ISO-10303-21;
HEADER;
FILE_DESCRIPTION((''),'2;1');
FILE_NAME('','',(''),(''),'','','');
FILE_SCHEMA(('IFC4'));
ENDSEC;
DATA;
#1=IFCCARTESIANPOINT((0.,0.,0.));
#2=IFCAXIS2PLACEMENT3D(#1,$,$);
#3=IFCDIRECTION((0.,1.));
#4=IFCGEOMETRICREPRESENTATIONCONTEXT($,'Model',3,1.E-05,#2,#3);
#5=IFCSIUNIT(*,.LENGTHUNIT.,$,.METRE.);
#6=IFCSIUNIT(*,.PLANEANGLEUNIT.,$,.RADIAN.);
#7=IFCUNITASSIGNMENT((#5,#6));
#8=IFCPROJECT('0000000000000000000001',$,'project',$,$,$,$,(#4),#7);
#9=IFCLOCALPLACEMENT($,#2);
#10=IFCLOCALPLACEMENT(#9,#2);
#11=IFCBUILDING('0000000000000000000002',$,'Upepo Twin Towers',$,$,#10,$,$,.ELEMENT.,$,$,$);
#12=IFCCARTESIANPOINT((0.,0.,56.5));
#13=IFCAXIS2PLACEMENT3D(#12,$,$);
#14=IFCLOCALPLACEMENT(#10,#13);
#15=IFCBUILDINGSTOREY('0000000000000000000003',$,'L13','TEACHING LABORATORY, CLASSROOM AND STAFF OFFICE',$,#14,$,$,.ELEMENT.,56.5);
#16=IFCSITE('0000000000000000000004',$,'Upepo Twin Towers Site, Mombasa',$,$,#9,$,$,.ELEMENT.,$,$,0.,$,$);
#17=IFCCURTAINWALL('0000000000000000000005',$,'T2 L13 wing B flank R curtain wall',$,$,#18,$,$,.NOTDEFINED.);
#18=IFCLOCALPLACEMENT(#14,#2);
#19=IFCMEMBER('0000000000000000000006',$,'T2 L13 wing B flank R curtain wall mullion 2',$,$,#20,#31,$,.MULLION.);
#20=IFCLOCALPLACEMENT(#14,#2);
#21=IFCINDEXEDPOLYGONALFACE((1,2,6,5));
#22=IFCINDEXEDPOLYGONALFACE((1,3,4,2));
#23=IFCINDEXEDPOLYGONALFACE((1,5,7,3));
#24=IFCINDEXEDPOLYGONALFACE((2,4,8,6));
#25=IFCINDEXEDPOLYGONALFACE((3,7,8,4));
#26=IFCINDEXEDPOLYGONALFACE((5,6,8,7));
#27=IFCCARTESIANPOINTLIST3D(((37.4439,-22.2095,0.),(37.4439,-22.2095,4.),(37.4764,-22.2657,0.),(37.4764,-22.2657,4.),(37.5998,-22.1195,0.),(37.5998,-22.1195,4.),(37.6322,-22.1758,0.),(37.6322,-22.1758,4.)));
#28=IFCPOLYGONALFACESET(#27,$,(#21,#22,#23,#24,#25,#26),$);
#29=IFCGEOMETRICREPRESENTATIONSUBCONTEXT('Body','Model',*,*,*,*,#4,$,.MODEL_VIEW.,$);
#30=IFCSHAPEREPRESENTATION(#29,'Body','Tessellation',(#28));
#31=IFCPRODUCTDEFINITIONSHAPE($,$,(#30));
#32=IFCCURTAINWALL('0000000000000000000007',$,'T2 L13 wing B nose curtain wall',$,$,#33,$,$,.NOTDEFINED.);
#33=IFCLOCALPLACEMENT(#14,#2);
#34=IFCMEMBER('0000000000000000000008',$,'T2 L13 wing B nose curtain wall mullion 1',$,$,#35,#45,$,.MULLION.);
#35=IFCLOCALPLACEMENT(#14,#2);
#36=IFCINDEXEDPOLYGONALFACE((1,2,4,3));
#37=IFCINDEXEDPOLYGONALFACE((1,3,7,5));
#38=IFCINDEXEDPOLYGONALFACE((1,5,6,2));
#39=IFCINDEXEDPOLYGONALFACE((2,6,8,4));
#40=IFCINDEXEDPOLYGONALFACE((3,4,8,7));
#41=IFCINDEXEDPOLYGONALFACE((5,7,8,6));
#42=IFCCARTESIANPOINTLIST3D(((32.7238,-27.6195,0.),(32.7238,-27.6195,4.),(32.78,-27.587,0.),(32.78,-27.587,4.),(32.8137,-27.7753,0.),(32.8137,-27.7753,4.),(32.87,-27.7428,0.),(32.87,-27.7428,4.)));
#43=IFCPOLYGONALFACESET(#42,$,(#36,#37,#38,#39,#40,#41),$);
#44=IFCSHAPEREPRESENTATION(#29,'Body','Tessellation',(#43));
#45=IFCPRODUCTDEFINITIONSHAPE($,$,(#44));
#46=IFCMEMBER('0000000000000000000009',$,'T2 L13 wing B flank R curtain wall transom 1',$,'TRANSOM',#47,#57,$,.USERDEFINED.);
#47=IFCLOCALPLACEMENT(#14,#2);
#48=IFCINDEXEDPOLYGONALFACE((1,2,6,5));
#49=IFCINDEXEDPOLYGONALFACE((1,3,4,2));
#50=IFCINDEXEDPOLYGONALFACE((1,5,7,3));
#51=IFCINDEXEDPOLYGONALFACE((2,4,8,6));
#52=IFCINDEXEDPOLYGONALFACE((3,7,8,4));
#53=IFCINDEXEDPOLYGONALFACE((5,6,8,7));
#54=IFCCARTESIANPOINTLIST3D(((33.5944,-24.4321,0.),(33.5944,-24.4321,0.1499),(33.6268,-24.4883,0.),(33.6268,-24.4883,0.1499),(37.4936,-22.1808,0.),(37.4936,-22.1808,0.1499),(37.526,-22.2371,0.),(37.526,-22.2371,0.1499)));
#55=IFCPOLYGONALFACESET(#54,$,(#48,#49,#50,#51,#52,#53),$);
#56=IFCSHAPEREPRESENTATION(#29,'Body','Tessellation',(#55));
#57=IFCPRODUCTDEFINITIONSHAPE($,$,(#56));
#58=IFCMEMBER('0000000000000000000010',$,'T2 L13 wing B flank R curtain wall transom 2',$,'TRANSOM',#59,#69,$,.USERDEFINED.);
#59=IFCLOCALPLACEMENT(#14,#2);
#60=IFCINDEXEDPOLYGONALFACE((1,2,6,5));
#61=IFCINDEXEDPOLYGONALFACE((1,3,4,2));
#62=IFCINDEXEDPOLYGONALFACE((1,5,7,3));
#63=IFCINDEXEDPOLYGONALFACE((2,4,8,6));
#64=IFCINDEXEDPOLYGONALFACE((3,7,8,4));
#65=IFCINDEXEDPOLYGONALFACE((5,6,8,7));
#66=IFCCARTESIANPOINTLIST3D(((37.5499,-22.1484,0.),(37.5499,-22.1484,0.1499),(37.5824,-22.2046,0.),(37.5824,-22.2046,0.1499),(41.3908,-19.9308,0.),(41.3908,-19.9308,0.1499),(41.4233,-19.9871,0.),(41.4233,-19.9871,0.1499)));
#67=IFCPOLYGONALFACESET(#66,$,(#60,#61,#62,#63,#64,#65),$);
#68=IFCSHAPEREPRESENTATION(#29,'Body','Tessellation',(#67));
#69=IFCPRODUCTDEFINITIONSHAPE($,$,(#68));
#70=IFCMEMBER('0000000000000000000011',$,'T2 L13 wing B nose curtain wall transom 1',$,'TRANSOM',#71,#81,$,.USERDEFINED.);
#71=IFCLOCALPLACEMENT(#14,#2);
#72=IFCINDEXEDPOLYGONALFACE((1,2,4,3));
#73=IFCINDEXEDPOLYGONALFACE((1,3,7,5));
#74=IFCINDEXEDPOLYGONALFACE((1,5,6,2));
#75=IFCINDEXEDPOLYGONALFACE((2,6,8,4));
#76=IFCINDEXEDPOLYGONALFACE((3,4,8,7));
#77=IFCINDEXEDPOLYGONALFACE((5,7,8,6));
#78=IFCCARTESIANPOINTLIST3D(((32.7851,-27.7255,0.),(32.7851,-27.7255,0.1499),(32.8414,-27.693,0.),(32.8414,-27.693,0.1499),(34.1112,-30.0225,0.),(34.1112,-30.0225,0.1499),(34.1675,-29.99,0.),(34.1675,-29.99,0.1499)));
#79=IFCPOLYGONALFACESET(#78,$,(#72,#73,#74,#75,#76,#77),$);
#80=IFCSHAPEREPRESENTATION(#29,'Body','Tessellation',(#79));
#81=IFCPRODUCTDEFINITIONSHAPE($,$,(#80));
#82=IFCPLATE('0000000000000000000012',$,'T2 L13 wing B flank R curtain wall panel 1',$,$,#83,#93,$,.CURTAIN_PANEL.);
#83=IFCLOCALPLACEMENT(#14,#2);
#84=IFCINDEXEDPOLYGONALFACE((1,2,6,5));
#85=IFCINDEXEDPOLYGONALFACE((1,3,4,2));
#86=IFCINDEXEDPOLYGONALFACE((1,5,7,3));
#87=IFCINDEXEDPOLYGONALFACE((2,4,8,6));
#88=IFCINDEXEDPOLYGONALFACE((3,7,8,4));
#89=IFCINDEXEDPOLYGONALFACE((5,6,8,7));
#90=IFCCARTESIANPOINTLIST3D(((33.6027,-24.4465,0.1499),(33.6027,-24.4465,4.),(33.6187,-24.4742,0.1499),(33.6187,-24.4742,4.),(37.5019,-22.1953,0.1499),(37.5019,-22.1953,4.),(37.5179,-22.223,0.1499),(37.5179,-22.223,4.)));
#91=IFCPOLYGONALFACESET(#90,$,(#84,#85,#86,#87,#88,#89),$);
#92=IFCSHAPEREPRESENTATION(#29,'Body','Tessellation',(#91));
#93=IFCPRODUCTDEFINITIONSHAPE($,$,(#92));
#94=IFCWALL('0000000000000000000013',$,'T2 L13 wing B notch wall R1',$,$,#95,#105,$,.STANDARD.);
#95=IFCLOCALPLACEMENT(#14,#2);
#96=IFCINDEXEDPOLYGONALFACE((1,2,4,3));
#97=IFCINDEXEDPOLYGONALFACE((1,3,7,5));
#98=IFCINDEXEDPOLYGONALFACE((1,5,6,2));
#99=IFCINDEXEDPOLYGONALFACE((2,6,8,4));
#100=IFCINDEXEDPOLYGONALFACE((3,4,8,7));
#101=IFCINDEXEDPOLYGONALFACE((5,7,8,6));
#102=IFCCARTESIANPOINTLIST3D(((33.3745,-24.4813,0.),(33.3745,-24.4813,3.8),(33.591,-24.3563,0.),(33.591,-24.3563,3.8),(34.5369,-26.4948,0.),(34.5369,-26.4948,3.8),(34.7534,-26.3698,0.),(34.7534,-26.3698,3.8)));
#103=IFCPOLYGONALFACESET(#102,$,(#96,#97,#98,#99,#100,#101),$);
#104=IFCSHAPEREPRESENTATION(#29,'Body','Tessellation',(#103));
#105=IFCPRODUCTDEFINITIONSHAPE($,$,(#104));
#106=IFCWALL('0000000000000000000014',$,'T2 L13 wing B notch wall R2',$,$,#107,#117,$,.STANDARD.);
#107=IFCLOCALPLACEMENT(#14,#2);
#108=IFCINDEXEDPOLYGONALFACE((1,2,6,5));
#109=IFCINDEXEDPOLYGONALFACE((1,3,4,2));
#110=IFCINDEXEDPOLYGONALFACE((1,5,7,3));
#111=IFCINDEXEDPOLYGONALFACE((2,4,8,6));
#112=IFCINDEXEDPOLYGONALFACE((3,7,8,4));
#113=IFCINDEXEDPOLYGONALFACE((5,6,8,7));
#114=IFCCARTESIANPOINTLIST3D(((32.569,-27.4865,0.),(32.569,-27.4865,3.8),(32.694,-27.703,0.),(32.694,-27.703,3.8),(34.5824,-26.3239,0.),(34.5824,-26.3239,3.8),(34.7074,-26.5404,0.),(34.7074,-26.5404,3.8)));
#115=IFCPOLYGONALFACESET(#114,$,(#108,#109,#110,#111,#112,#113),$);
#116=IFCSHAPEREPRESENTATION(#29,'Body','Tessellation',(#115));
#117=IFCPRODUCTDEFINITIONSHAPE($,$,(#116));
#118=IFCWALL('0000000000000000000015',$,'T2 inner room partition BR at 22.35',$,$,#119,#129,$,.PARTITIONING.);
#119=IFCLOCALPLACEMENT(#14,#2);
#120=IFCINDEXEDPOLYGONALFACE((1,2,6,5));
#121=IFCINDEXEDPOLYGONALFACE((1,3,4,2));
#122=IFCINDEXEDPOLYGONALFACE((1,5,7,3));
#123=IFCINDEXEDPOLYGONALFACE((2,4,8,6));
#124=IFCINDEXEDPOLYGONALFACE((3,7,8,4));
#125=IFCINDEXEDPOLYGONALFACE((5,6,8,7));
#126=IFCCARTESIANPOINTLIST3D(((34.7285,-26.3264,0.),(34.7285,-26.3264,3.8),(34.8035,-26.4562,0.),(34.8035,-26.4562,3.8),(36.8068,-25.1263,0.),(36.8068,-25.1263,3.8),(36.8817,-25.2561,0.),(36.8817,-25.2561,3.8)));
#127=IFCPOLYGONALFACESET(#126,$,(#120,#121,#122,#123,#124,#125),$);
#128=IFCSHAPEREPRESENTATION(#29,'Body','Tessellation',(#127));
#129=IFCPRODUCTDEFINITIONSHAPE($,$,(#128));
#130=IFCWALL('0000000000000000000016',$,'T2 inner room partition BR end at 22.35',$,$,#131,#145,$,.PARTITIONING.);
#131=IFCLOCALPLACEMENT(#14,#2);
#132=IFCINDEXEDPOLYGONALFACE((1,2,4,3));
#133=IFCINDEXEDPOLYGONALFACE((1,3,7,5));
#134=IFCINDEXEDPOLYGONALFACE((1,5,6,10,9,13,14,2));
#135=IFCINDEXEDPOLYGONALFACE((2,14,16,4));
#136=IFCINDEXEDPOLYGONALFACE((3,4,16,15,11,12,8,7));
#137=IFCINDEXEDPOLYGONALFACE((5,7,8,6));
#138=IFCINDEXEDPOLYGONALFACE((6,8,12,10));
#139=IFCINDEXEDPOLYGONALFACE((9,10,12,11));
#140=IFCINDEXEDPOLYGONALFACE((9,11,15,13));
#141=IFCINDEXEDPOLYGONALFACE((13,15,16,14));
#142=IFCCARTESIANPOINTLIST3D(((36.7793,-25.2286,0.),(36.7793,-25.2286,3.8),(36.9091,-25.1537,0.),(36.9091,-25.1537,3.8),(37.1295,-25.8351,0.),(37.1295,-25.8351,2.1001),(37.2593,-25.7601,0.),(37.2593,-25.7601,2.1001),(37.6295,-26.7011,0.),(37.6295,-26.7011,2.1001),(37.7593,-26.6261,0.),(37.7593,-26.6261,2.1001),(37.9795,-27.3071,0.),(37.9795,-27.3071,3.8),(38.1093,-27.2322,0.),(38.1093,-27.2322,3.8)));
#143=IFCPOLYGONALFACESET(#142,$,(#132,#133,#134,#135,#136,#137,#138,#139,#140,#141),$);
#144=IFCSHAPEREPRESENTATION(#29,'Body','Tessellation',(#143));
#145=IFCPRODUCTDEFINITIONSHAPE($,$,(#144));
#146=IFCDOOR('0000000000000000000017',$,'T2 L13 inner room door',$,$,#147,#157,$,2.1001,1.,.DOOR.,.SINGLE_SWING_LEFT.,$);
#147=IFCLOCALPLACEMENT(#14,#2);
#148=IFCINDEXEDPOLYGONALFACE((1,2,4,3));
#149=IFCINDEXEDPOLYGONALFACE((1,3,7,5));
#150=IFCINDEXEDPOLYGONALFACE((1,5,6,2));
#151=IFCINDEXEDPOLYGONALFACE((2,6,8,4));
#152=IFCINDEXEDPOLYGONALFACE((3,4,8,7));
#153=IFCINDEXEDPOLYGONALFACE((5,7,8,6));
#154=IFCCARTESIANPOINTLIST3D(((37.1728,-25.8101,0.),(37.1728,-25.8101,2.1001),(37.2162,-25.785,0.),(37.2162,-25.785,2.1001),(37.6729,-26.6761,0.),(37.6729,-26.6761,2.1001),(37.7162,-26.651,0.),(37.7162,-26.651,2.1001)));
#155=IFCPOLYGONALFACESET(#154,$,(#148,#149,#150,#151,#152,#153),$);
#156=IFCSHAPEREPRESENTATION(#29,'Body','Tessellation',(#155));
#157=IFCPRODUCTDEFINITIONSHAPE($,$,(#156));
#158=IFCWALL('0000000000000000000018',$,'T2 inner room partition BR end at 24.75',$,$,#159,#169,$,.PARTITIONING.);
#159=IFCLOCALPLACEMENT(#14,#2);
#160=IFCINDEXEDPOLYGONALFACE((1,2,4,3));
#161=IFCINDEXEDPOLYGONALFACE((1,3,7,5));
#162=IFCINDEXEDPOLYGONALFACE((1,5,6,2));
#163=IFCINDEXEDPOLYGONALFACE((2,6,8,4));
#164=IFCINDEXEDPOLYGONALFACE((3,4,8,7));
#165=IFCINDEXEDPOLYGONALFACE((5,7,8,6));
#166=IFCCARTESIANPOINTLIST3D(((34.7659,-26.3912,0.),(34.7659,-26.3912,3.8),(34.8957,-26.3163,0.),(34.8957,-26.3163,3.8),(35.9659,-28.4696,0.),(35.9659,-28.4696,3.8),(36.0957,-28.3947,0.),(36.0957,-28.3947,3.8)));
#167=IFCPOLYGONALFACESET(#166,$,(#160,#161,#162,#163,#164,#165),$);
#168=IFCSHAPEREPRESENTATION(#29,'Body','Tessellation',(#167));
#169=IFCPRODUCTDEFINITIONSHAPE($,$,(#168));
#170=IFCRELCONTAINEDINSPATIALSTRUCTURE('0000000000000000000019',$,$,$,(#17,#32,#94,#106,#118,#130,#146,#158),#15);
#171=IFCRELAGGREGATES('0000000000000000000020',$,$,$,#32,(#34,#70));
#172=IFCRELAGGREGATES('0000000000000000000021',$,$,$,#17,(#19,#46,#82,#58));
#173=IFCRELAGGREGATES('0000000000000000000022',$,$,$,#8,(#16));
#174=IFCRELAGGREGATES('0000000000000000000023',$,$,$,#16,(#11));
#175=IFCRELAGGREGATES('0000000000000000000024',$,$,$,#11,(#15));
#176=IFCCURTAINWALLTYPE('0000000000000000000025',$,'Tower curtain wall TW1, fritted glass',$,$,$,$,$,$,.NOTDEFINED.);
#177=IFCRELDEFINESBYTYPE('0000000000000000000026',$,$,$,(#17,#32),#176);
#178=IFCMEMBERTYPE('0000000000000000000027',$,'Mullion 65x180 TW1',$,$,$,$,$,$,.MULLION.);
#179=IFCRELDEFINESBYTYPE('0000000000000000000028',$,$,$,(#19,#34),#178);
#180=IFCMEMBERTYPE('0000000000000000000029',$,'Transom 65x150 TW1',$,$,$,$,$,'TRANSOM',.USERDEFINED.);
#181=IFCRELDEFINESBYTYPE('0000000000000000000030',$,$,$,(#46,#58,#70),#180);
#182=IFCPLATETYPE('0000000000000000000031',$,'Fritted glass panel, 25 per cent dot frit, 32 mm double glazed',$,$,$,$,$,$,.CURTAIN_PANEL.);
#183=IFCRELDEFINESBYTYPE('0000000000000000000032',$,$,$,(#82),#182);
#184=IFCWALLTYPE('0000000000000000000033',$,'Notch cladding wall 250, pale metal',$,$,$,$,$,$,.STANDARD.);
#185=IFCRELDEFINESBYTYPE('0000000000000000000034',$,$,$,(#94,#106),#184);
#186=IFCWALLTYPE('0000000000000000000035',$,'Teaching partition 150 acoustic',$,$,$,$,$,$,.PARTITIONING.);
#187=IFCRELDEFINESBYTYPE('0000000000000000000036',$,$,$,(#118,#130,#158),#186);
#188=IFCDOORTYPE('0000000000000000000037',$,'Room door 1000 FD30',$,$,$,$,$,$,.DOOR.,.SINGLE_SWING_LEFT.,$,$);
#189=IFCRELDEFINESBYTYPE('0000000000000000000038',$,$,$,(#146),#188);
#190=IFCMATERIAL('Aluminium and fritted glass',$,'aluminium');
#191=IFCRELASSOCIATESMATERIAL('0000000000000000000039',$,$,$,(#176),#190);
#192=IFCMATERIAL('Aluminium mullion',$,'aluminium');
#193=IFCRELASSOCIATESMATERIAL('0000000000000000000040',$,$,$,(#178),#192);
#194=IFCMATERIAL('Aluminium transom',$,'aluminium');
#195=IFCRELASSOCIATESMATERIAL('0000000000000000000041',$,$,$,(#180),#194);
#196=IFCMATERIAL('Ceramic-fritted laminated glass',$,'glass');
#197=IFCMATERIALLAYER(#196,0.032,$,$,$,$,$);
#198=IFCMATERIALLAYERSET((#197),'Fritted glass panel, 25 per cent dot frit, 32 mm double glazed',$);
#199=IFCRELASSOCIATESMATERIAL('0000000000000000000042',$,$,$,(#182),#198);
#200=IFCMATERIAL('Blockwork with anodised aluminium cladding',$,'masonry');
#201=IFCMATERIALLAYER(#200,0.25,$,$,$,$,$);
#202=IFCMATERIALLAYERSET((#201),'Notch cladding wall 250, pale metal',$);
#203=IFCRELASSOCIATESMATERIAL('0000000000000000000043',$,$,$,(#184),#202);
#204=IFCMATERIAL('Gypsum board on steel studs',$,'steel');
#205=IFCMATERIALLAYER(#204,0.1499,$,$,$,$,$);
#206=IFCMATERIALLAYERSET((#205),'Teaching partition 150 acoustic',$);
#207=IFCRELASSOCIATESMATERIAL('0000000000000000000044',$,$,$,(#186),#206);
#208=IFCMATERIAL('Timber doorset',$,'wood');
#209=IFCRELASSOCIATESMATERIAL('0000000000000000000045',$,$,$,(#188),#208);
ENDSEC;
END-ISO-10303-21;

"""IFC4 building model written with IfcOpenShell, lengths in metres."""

from ifc_helpers import new_model, si_unit, direction, frame, frame_2d, origin, origin_2d, place, context, subcontext, project, spatial, rectangle, extrude, material, layer, layer_set, material_profile, profile_set, type_object, element, fill, aggregate, save


model = new_model("IFC4")

# Units and contexts
model_context = context("Model", 3, precision=1e-05, world=origin(), true_north=direction((0.0, 1.0)))
body_context = subcontext(model_context, "Body", "Model", "MODEL_VIEW")
ifc_project = project(units=[si_unit("LENGTHUNIT", "METRE"), si_unit("PLANEANGLEUNIT", "RADIAN")], contexts=[model_context])

# Site, building, storey
site_placement = place(None, origin())
site = spatial("IfcSite", under=ifc_project, at=site_placement, Name="Upepo Twin Towers Site, Mombasa", CompositionType="ELEMENT", RefElevation=0.0)
building_placement = place(site_placement, origin())
building = spatial("IfcBuilding", under=site, at=building_placement, Name="Upepo Twin Towers", CompositionType="ELEMENT")
storey_placement = place(building_placement, frame((0.0, 0.0, 56.5)))
storey = spatial("IfcBuildingStorey", under=building, at=storey_placement, Name="L13", Description="TEACHING LABORATORY, CLASSROOM AND STAFF OFFICE", CompositionType="ELEMENT", Elevation=56.5)

# Curtain wall, member
ifc_material_1 = material(Name="Aluminium and fritted glass", Category="aluminium")
curtain_wall_type = type_object("IfcCurtainWallType", Name="Tower curtain wall TW1, fritted glass", PredefinedType="NOTDEFINED", material=ifc_material_1)
curtain_wall_1_placement = place(storey_placement, origin())
curtain_wall_1 = element("IfcCurtainWall", 1, at=curtain_wall_1_placement, inside=storey, type_object=curtain_wall_type, Name="T2 L13 wing B flank R curtain wall", PredefinedType="NOTDEFINED")
ifc_material_2 = material(Name="Aluminium mullion", Category="aluminium")
ifc_material_profile_1 = material_profile(ifc_material_2, rectangle(XDim=0.0649, YDim=0.1799, at=origin_2d()), Name="MULLION 65x180")
ifc_profile_set_1 = profile_set([ifc_material_profile_1], Name="Aluminium mullion")
member_type_1 = type_object("IfcMemberType", Name="Mullion 65x180 TW1", PredefinedType="MULLION", material=ifc_profile_set_1)
member_1_placement = place(storey_placement, frame((37.5381, -22.1926, 0.0), z_axis=(0.0, 0.0, 1.0), x_axis=(-0.5, 0.866025, 0.0)))
member_1 = element("IfcMember", 2, at=member_1_placement, type_object=member_type_1, Name="T2 L13 wing B flank R curtain wall mullion 2", PredefinedType="MULLION", context=body_context, shape_type="SweptSolid", body=[
    extrude(rectangle(XDim=0.0649, YDim=0.1799, at=origin_2d()), origin(), (0.0, 0.0, 1.0), 4.0),
])

# Curtain wall, member
curtain_wall_2_placement = place(storey_placement, origin())
curtain_wall_2 = element("IfcCurtainWall", 3, at=curtain_wall_2_placement, inside=storey, type_object=curtain_wall_type, Name="T2 L13 wing B nose curtain wall", PredefinedType="NOTDEFINED")
member_2_placement = place(storey_placement, frame((32.7969, -27.6812, 0.0), z_axis=(0.0, 0.0, 1.0), x_axis=(0.866025, 0.5, 0.0)))
member_2 = element("IfcMember", 4, at=member_2_placement, type_object=member_type_1, Name="T2 L13 wing B nose curtain wall mullion 1", PredefinedType="MULLION", context=body_context, shape_type="SweptSolid", body=[
    extrude(rectangle(XDim=0.0649, YDim=0.1799, at=origin_2d()), origin(), (0.0, 0.0, 1.0), 4.0),
])

# Members
ifc_material_3 = material(Name="Aluminium transom", Category="aluminium")
ifc_material_profile_2 = material_profile(ifc_material_3, rectangle(XDim=0.0649, YDim=0.1499, at=origin_2d()), Name="TRANSOM 65x150")
ifc_profile_set_2 = profile_set([ifc_material_profile_2], Name="Aluminium transom")
member_type_2 = type_object("IfcMemberType", Name="Transom 65x150 TW1", ElementType="TRANSOM", PredefinedType="USERDEFINED", material=ifc_profile_set_2)
member_3_placement = place(storey_placement, frame((33.6106, -24.4602, 0.075), z_axis=(0.866022, 0.500006, 0.0), x_axis=(-0.500006, 0.866022, 0.0)))
member_3 = element("IfcMember", 5, at=member_3_placement, type_object=member_type_2, Name="T2 L13 wing B flank R curtain wall transom 1", ObjectType="TRANSOM", PredefinedType="USERDEFINED", context=body_context, shape_type="SweptSolid", body=[
    extrude(rectangle(XDim=0.0649, YDim=0.1499, at=origin_2d()), origin(), (0.0, 0.0, 1.0), 4.5024),
])
member_4_placement = place(storey_placement, frame((37.5662, -22.1765, 0.075), z_axis=(0.866022, 0.500005, 0.0), x_axis=(-0.500005, 0.866022, 0.0)))
member_4 = element("IfcMember", 6, at=member_4_placement, type_object=member_type_2, Name="T2 L13 wing B flank R curtain wall transom 2", ObjectType="TRANSOM", PredefinedType="USERDEFINED", context=body_context, shape_type="SweptSolid", body=[
    extrude(rectangle(XDim=0.0649, YDim=0.1499, at=origin_2d()), origin(), (0.0, 0.0, 1.0), 4.4351),
])
member_5_placement = place(storey_placement, frame((32.8132, -27.7092, 0.075), z_axis=(0.49998, -0.866037, 0.0), x_axis=(0.866037, 0.49998, 0.0)))
member_5 = element("IfcMember", 7, at=member_5_placement, type_object=member_type_2, Name="T2 L13 wing B nose curtain wall transom 1", ObjectType="TRANSOM", PredefinedType="USERDEFINED", context=body_context, shape_type="SweptSolid", body=[
    extrude(rectangle(XDim=0.0649, YDim=0.1499, at=origin_2d()), origin(), (0.0, 0.0, 1.0), 2.6523),
])
aggregate(curtain_wall_2, [member_2, member_5])

# Plate
ifc_material_4 = material(Name="Ceramic-fritted laminated glass", Category="glass")
ifc_layer_1 = layer(ifc_material_4, 0.032)
ifc_layer_set_1 = layer_set([ifc_layer_1], Name="Fritted glass panel, 25 per cent dot frit, 32 mm double glazed")
plate_type = type_object("IfcPlateType", Name="Fritted glass panel, 25 per cent dot frit, 32 mm double glazed", PredefinedType="CURTAIN_PANEL", material=ifc_layer_set_1)
plate_placement = place(storey_placement, frame((35.5603, -23.3347, 0.1499), z_axis=(0.0, 0.0, 1.0), x_axis=(0.866025, 0.5, 0.0)))
plate = element("IfcPlate", 8, at=plate_placement, type_object=plate_type, Name="T2 L13 wing B flank R curtain wall panel 1", PredefinedType="CURTAIN_PANEL", context=body_context, shape_type="SweptSolid", body=[
    extrude(rectangle(XDim=4.5024, YDim=0.032, at=origin_2d()), origin(), (0.0, 0.0, 1.0), 3.8501),
])
aggregate(curtain_wall_1, [member_1, member_3, plate, member_4])

# Walls
ifc_material_5 = material(Name="Blockwork with anodised aluminium cladding", Category="masonry")
ifc_layer_2 = layer(ifc_material_5, 0.25)
ifc_layer_set_2 = layer_set([ifc_layer_2], Name="Notch cladding wall 250, pale metal")
wall_type_1 = type_object("IfcWallType", Name="Notch cladding wall 250, pale metal", PredefinedType="STANDARD", material=ifc_layer_set_2)
for number, where, z_axis, x_axis, name in (
    (9, (33.4827, -24.4187, 0.0), (0.0, 0.0, 1.0), (0.499968, -0.866044, 0.0), "T2 L13 wing B notch wall R1"),
    (10, (34.645, -26.4321, 0.0), (0.0, 0.0, 1.0), (-0.865998, -0.500047, 0.0), "T2 L13 wing B notch wall R2"),
):
    element("IfcWall", number, at=place(storey_placement, frame(where, z_axis=z_axis, x_axis=x_axis)), inside=storey, type_object=wall_type_1, Name=name, PredefinedType="STANDARD", context=body_context, shape_type="SweptSolid", body=[
        extrude(rectangle(XDim=2.325, YDim=0.25, at=frame_2d((1.1626, 0.0))), origin(), (0.0, 0.0, 1.0), 3.8),
    ])
ifc_material_6 = material(Name="Gypsum board on steel studs", Category="steel")
ifc_layer_3 = layer(ifc_material_6, 0.1499)
ifc_layer_set_3 = layer_set([ifc_layer_3], Name="Teaching partition 150 acoustic")
wall_type_2 = type_object("IfcWallType", Name="Teaching partition 150 acoustic", PredefinedType="PARTITIONING", material=ifc_layer_set_3)
wall_1_placement = place(storey_placement, frame((36.8442, -25.1912, 0.0), z_axis=(0.0, 0.0, 1.0), x_axis=(-0.865981, -0.500078, 0.0)))
element("IfcWall", 11, at=wall_1_placement, inside=storey, type_object=wall_type_2, Name="T2 inner room partition BR at 22.35", PredefinedType="PARTITIONING", context=body_context, shape_type="SweptSolid", body=[
    extrude(rectangle(XDim=2.3999, YDim=0.1499, at=frame_2d((1.2, 0.0))), origin(), (0.0, 0.0, 1.0), 3.8),
])

# Wall, opening, door
wall_2_placement = place(storey_placement, frame((38.0444, -27.2698, 0.0), z_axis=(0.0, 0.0, 1.0), x_axis=(-0.500034, 0.866006, 0.0)))
wall_2 = element("IfcWall", 12, at=wall_2_placement, inside=storey, type_object=wall_type_2, Name="T2 inner room partition BR end at 22.35", PredefinedType="PARTITIONING", context=body_context, shape_type="SweptSolid", body=[
    extrude(rectangle(XDim=2.4001, YDim=0.1499, at=frame_2d((1.2002, 0.0))), origin(), (0.0, 0.0, 1.0), 3.8),
])
opening_1_placement = place(wall_2_placement, frame((0.7, 0.0, 0.0)))
opening_1 = element("IfcOpeningElement", 13, at=opening_1_placement, cuts=wall_2, PredefinedType="OPENING", context=body_context, shape_type="SweptSolid", body=[
    extrude(rectangle(XDim=1.0, YDim=2.1001, at=frame_2d((0.5, 1.05))), frame((0.0, 0.085, 0.0), z_axis=(0.0, -1.0, 0.0), x_axis=(1.0, 0.0, 0.0)), (0.0, 0.0, 1.0), 0.1699),
])
ifc_material_7 = material(Name="Timber doorset", Category="wood")
door_type = type_object("IfcDoorType", Name="Room door 1000 FD30", OperationType="SINGLE_SWING_LEFT", PredefinedType="DOOR", material=ifc_material_7)
door_1_placement = place(opening_1_placement, origin())
door_1 = element("IfcDoor", 14, at=door_1_placement, inside=storey, type_object=door_type, Name="T2 L13 inner room door", OperationType="SINGLE_SWING_LEFT", OverallHeight=2.1001, OverallWidth=1.0, PredefinedType="DOOR", context=body_context, shape_type="SweptSolid", body=[
    extrude(rectangle(XDim=1.0, YDim=2.1001, at=frame_2d((0.5, 1.05))), frame((0.0, 0.0249, 0.0), z_axis=(0.0, -1.0, 0.0), x_axis=(1.0, 0.0, 0.0)), (0.0, 0.0, 1.0), 0.05),
])
fill(opening_1, door_1)

# Wall
wall_3_placement = place(storey_placement, frame((36.0308, -28.4321, 0.0), z_axis=(0.0, 0.0, 1.0), x_axis=(-0.500001, 0.866025, 0.0)))
element("IfcWall", 15, at=wall_3_placement, inside=storey, type_object=wall_type_2, Name="T2 inner room partition BR end at 24.75", PredefinedType="PARTITIONING", context=body_context, shape_type="SweptSolid", body=[
    extrude(rectangle(XDim=2.3999, YDim=0.1499, at=frame_2d((1.2, 0.0))), origin(), (0.0, 0.0, 1.0), 3.8),
])

save(model, "model.ifc")
